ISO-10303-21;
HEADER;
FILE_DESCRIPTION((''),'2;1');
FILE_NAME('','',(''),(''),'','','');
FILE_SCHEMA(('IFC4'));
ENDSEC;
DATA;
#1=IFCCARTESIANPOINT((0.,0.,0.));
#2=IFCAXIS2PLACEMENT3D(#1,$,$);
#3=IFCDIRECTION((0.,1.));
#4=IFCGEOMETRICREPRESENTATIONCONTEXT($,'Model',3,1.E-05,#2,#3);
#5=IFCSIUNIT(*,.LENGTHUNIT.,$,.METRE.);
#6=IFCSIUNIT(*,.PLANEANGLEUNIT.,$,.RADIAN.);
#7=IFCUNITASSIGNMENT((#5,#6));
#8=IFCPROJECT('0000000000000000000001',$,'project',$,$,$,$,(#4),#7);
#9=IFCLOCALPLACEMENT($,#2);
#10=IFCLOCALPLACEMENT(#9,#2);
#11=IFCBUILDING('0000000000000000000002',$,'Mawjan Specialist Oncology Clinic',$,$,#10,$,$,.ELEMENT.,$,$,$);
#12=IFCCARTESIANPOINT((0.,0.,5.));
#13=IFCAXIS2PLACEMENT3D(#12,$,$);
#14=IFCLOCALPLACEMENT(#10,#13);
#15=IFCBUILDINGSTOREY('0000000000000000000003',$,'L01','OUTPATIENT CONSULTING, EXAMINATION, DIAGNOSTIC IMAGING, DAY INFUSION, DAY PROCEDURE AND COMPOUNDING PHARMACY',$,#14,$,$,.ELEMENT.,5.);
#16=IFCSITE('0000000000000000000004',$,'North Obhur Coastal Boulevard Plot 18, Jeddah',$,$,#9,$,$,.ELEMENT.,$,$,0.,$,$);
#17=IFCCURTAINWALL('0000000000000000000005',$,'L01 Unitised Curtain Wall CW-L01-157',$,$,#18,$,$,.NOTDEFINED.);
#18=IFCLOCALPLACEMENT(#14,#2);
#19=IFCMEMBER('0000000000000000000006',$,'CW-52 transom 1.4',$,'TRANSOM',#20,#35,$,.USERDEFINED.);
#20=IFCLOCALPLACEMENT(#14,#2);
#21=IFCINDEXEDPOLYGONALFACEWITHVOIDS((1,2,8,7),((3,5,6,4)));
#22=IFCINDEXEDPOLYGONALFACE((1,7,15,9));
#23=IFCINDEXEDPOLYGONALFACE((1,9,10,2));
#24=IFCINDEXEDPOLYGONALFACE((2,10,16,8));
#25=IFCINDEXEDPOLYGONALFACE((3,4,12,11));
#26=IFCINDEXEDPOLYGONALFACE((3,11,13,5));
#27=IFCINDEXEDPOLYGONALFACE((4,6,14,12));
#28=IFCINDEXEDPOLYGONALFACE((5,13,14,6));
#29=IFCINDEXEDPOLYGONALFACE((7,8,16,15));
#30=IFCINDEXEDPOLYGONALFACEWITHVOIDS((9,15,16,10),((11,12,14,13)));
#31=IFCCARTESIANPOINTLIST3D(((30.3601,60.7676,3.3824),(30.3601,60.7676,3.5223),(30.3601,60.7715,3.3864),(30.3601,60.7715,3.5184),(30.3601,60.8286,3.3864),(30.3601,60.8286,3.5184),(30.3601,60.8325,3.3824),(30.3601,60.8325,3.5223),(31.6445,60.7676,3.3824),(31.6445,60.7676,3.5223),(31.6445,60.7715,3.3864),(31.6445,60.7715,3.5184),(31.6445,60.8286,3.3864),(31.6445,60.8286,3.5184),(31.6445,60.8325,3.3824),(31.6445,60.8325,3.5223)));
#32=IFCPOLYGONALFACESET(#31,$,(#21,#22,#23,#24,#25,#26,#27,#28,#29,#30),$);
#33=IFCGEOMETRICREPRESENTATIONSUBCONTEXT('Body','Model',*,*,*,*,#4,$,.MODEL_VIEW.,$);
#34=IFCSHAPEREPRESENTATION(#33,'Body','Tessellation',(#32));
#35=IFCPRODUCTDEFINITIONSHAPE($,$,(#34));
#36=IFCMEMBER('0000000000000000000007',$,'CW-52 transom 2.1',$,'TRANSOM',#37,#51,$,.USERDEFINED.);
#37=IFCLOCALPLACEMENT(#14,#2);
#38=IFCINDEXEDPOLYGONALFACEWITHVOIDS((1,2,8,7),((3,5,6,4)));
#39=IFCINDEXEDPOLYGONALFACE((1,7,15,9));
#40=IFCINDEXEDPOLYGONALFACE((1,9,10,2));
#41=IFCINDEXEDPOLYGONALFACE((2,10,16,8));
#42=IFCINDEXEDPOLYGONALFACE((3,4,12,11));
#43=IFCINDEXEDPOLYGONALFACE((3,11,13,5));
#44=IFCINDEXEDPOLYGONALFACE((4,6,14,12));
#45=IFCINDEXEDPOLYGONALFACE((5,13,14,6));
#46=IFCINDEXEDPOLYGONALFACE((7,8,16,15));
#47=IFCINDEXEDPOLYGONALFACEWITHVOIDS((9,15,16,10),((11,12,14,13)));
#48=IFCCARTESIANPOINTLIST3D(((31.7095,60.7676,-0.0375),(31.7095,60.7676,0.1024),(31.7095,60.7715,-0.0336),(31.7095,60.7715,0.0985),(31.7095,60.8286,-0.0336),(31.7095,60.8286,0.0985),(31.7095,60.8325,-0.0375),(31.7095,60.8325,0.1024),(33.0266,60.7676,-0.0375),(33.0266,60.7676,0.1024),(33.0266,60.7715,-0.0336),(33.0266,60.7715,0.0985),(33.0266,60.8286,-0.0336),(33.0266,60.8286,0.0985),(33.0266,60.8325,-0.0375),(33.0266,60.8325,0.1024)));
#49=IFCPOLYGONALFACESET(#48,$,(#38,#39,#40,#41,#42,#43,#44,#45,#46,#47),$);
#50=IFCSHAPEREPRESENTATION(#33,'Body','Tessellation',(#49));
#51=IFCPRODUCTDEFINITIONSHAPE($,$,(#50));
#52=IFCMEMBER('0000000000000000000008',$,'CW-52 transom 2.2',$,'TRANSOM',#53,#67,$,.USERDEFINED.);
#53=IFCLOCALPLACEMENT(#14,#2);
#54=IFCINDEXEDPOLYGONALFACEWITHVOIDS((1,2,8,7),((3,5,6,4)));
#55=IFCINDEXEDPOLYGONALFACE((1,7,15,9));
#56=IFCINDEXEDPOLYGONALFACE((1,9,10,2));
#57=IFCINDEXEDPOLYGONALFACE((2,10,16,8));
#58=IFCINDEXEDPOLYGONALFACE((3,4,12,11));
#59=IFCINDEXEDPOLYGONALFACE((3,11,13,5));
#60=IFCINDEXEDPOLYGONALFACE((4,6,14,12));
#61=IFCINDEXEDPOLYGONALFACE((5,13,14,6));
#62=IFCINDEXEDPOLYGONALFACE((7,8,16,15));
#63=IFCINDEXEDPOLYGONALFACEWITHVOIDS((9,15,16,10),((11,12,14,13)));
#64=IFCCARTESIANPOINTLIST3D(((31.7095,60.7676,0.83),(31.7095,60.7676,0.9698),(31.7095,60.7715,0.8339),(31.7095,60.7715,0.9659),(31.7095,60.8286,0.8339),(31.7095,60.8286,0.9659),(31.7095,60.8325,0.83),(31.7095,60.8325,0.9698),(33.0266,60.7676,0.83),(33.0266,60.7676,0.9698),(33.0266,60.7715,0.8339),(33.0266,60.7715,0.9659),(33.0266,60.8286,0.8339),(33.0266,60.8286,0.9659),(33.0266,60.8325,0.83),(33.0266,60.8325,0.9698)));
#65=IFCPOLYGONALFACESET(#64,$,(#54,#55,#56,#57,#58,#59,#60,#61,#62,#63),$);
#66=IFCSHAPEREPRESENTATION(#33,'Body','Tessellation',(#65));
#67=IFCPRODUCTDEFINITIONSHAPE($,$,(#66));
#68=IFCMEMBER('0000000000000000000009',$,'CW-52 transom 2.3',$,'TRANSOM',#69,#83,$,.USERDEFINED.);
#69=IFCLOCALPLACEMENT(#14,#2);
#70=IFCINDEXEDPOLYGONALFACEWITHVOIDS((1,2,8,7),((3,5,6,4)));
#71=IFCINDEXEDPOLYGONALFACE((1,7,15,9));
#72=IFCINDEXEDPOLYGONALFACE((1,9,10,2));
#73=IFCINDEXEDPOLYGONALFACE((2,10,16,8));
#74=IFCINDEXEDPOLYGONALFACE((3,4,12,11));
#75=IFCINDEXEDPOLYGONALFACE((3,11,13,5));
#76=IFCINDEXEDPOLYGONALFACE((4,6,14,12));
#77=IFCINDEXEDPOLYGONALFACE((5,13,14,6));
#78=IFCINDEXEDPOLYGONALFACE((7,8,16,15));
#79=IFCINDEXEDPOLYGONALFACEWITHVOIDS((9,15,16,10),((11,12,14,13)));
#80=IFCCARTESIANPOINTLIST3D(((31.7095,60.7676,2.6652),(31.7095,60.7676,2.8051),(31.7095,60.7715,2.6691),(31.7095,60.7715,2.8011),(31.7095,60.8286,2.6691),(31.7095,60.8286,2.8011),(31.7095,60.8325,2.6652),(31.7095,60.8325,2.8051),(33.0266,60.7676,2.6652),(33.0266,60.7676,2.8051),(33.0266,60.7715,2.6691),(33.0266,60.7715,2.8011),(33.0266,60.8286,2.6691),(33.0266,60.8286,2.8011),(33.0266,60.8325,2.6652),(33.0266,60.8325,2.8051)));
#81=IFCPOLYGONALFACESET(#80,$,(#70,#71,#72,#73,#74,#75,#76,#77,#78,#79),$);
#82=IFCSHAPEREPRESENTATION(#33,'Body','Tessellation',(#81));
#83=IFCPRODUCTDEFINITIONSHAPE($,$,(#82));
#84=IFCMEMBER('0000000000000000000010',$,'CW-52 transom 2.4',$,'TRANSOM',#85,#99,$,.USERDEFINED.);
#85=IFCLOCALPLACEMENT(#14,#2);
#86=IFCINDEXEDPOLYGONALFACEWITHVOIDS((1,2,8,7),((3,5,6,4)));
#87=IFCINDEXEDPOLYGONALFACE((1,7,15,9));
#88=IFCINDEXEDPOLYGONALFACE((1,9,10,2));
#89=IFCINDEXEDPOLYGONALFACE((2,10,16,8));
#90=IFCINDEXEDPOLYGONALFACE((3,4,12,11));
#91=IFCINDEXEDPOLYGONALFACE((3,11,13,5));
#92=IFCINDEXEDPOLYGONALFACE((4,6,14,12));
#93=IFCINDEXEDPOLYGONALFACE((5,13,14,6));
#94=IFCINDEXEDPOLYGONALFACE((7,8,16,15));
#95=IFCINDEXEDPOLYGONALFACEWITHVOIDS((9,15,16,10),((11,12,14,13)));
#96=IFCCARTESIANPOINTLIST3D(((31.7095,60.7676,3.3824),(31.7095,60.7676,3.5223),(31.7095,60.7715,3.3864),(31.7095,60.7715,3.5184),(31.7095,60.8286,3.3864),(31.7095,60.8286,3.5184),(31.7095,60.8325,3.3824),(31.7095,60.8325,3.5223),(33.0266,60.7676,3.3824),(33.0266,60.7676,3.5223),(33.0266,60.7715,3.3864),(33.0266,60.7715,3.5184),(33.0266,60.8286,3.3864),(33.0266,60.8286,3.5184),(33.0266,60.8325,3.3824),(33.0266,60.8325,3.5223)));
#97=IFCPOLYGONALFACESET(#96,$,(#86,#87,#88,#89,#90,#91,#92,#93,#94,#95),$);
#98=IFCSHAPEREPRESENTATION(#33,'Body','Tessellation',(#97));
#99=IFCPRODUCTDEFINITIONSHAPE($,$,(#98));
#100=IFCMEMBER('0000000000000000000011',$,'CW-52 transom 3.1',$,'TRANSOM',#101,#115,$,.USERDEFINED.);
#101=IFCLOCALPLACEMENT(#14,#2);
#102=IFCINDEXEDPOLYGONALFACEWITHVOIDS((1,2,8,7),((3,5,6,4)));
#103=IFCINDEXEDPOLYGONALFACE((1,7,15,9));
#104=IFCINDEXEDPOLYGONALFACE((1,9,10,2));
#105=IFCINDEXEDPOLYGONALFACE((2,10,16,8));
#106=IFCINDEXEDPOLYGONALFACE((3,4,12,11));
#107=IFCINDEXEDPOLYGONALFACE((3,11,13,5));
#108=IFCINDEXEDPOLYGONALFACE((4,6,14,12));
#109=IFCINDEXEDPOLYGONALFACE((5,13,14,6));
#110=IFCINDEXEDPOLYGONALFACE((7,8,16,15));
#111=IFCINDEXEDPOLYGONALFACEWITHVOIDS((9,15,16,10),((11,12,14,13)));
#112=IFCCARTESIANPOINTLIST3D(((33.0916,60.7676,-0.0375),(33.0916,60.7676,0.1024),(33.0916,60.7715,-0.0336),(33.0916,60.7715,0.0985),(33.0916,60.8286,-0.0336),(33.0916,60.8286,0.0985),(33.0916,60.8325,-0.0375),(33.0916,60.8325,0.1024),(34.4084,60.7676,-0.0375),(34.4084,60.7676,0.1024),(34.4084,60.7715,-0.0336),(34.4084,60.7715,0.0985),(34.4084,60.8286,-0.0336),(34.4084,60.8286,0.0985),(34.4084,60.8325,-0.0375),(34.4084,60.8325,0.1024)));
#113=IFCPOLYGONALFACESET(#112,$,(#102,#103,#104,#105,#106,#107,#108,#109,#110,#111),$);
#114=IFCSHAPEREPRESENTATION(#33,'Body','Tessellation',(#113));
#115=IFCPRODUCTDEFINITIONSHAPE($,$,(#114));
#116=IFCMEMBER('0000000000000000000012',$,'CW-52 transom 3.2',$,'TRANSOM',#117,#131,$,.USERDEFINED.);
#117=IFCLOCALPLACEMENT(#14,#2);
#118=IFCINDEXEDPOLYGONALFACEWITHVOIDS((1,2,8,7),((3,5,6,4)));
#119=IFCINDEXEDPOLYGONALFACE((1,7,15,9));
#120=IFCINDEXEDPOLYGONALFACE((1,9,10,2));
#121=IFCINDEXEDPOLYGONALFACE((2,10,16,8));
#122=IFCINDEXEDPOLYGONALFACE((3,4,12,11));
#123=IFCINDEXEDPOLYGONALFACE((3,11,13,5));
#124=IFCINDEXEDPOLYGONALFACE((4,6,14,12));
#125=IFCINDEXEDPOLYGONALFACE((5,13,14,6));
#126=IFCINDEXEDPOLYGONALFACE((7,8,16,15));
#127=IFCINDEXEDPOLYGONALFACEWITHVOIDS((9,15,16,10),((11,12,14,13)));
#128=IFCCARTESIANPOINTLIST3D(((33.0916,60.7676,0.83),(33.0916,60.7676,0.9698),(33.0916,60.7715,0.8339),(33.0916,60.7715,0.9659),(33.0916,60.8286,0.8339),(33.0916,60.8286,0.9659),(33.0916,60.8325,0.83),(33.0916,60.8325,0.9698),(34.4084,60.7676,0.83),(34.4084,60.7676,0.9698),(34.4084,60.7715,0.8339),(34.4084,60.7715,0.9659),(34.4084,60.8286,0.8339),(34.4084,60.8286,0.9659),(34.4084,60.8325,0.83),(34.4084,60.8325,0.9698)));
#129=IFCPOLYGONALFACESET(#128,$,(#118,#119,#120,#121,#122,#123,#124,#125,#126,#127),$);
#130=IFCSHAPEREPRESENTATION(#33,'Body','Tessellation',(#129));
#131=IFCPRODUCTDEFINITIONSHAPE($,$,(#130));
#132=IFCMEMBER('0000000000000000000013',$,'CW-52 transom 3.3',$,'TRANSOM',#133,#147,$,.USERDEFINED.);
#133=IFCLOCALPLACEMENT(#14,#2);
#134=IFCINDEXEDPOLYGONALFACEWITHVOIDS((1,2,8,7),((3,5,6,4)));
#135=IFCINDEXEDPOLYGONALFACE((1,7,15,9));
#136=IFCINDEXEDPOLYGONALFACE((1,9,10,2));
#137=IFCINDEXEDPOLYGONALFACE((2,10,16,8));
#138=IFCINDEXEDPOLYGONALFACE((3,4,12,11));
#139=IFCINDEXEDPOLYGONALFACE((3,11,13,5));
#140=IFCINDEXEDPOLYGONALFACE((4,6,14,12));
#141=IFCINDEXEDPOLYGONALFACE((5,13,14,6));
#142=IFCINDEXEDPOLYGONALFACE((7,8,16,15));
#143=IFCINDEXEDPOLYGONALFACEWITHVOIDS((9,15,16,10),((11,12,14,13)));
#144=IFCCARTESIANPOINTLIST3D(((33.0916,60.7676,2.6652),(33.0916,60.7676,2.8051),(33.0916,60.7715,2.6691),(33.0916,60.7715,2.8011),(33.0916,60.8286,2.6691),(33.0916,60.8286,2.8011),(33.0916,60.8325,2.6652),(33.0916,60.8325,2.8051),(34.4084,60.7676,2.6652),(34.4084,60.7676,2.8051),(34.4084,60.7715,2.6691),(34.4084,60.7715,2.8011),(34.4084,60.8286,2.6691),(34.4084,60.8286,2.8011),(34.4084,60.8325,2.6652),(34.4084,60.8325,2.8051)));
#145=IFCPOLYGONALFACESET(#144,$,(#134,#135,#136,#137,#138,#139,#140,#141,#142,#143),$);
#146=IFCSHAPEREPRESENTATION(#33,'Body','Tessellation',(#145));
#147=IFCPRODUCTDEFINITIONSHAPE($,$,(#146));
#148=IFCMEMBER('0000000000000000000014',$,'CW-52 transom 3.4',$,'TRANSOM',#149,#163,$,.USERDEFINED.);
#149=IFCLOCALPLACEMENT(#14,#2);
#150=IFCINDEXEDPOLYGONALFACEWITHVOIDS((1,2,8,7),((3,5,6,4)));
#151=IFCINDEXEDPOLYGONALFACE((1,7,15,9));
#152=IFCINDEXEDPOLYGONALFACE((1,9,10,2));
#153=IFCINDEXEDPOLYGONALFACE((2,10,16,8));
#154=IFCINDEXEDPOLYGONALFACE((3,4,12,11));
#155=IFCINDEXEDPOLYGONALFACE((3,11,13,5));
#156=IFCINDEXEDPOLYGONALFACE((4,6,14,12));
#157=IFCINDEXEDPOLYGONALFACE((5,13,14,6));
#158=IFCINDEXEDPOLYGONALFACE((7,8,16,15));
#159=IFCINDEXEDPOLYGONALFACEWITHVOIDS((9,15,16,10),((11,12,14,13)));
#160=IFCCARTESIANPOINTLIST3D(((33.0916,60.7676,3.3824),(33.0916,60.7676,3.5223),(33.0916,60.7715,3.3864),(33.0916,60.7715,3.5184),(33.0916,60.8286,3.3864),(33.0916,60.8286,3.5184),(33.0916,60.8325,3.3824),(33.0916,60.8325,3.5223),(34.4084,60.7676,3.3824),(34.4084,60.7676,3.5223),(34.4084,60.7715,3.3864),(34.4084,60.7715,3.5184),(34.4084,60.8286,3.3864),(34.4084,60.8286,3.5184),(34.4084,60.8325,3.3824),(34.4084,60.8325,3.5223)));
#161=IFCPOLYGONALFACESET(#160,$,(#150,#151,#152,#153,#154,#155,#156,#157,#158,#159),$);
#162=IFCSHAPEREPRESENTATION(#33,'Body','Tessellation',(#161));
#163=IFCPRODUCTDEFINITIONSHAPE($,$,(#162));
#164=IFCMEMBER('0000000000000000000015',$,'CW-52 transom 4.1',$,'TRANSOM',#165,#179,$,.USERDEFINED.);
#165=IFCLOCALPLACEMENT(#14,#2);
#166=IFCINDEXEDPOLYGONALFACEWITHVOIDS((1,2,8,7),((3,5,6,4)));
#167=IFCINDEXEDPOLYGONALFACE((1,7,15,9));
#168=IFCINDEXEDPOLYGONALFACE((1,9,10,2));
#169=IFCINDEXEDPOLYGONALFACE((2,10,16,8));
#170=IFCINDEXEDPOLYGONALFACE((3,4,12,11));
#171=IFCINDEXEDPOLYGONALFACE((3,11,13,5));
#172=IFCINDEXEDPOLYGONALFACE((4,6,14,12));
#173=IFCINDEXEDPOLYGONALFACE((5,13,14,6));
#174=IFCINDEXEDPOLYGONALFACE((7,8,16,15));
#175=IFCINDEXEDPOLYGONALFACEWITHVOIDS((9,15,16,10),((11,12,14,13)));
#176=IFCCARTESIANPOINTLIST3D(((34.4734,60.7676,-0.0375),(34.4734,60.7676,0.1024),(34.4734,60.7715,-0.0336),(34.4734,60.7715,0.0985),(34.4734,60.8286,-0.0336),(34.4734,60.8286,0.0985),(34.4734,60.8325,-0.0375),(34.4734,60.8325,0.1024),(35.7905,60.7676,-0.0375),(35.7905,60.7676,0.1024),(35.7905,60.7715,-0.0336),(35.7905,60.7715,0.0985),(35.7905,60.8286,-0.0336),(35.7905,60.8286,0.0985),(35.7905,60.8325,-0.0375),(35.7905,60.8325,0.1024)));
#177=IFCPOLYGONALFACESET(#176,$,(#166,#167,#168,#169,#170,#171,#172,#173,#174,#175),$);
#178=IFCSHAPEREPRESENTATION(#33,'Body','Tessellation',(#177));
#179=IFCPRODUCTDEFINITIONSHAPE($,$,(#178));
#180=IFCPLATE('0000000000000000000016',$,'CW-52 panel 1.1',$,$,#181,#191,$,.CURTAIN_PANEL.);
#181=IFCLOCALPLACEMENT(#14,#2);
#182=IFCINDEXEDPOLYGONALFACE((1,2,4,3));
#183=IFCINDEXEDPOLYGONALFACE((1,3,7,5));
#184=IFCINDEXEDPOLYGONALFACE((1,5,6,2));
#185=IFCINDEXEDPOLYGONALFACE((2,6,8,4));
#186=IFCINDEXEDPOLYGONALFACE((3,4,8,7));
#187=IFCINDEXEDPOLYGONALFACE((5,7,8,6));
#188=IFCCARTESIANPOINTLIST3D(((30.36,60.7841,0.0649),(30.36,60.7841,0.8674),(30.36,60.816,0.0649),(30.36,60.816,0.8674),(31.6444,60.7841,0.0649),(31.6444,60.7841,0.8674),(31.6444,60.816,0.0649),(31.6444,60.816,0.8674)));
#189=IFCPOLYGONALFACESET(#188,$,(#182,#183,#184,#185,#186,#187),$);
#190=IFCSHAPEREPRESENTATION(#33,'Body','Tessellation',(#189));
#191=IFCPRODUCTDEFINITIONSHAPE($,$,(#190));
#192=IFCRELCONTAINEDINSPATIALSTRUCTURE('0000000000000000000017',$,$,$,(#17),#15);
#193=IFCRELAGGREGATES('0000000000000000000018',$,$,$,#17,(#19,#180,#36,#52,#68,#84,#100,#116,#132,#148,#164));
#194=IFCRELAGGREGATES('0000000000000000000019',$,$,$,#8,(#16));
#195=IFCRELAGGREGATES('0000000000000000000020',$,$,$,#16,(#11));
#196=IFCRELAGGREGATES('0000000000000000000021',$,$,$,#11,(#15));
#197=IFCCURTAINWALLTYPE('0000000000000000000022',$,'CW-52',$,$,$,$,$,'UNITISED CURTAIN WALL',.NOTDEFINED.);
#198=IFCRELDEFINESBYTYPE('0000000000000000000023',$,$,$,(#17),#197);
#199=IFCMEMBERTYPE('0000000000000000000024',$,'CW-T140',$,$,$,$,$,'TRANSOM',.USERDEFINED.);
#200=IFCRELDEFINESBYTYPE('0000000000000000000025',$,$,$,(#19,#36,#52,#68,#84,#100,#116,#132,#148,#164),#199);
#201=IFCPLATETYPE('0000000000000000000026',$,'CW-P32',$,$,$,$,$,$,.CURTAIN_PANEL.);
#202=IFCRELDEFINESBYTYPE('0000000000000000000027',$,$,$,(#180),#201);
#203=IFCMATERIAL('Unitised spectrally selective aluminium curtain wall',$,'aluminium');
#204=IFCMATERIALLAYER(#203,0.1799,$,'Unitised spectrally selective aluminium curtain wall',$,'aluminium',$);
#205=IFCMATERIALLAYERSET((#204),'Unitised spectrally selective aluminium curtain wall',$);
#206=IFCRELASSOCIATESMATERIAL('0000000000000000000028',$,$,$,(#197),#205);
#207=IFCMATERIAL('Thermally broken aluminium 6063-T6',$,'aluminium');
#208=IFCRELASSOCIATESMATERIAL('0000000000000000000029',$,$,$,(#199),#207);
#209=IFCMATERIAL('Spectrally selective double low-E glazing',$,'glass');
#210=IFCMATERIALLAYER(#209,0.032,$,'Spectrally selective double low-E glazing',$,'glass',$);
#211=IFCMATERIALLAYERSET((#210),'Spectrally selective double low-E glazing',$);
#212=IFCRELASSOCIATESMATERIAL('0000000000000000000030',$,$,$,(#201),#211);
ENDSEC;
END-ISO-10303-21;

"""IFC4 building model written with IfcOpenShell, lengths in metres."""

from ifc_helpers import new_model, si_unit, direction, frame, origin, origin_2d, place, context, subcontext, project, spatial, rectangle, hollow_rectangle, extrude, material, layer, layer_set, material_profile, profile_set, type_object, element, aggregate, save


model = new_model("IFC4")

# Units and contexts
model_context = context("Model", 3, precision=1e-05, world=origin(), true_north=direction((0.0, 1.0)))
body_context = subcontext(model_context, "Body", "Model", "MODEL_VIEW")
ifc_project = project(units=[si_unit("LENGTHUNIT", "METRE"), si_unit("PLANEANGLEUNIT", "RADIAN")], contexts=[model_context])

# Site, building, storey
site_placement = place(None, origin())
site = spatial("IfcSite", under=ifc_project, at=site_placement, Name="North Obhur Coastal Boulevard Plot 18, Jeddah", CompositionType="ELEMENT", RefElevation=0.0)
building_placement = place(site_placement, origin())
building = spatial("IfcBuilding", under=site, at=building_placement, Name="Mawjan Specialist Oncology Clinic", CompositionType="ELEMENT")
storey_placement = place(building_placement, frame((0.0, 0.0, 5.0)))
storey = spatial("IfcBuildingStorey", under=building, at=storey_placement, Name="L01", Description="OUTPATIENT CONSULTING, EXAMINATION, DIAGNOSTIC IMAGING, DAY INFUSION, DAY PROCEDURE AND COMPOUNDING PHARMACY", CompositionType="ELEMENT", Elevation=5.0)

# Curtain wall, members, plate
ifc_material_1 = material(Name="Unitised spectrally selective aluminium curtain wall", Category="aluminium")
ifc_layer_1 = layer(ifc_material_1, 0.1799, Name="Unitised spectrally selective aluminium curtain wall", Category="aluminium")
ifc_layer_set_1 = layer_set([ifc_layer_1], Name="Unitised spectrally selective aluminium curtain wall")
curtain_wall_type = type_object("IfcCurtainWallType", Name="CW-52", ElementType="UNITISED CURTAIN WALL", PredefinedType="NOTDEFINED", material=ifc_layer_set_1)
curtain_wall_placement = place(storey_placement, origin())
curtain_wall = element("IfcCurtainWall", 1, at=curtain_wall_placement, inside=storey, type_object=curtain_wall_type, Name="L01 Unitised Curtain Wall CW-L01-157", PredefinedType="NOTDEFINED")
ifc_material_2 = material(Name="Thermally broken aluminium 6063-T6", Category="aluminium")
ifc_material_profile_1 = material_profile(ifc_material_2, hollow_rectangle(XDim=0.0649, YDim=0.1399, WallThickness=0.0039, at=origin_2d()), Name="ALU TRANSOM 140x65x4", Category="aluminium")
ifc_profile_set_1 = profile_set([ifc_material_profile_1], Name="Thermally broken aluminium 6063-T6")
member_type_1 = type_object("IfcMemberType", Name="CW-T140", ElementType="TRANSOM", PredefinedType="USERDEFINED", material=ifc_profile_set_1)
member_1_placement = place(storey_placement, frame((30.3601, 60.8, 3.4524), z_axis=(1.0, 0.0, 0.0), x_axis=(0.0, 1.0, 0.0)))
member_1 = element("IfcMember", 2, at=member_1_placement, type_object=member_type_1, Name="CW-52 transom 1.4", ObjectType="TRANSOM", PredefinedType="USERDEFINED", context=body_context, shape_type="SweptSolid", body=[
    extrude(hollow_rectangle(XDim=0.0649, YDim=0.1399, WallThickness=0.0039, at=origin_2d()), origin(), (0.0, 0.0, 1.0), 1.2844),
])
member_2_placement = place(storey_placement, frame((31.7095, 60.8, 0.0325), z_axis=(1.0, 0.0, 0.0), x_axis=(0.0, 1.0, 0.0)))
member_2 = element("IfcMember", 3, at=member_2_placement, type_object=member_type_1, Name="CW-52 transom 2.1", ObjectType="TRANSOM", PredefinedType="USERDEFINED", context=body_context, shape_type="SweptSolid", body=[
    extrude(hollow_rectangle(XDim=0.0649, YDim=0.1399, WallThickness=0.0039, at=origin_2d()), origin(), (0.0, 0.0, 1.0), 1.3171),
])
member_3_placement = place(storey_placement, frame((31.7095, 60.8, 0.8999), z_axis=(1.0, 0.0, 0.0), x_axis=(0.0, 1.0, 0.0)))
member_3 = element("IfcMember", 4, at=member_3_placement, type_object=member_type_1, Name="CW-52 transom 2.2", ObjectType="TRANSOM", PredefinedType="USERDEFINED", context=body_context, shape_type="SweptSolid", body=[
    extrude(hollow_rectangle(XDim=0.0649, YDim=0.1399, WallThickness=0.0039, at=origin_2d()), origin(), (0.0, 0.0, 1.0), 1.3171),
])
member_4_placement = place(storey_placement, frame((31.7095, 60.8, 2.7351), z_axis=(1.0, 0.0, 0.0), x_axis=(0.0, 1.0, 0.0)))
member_4 = element("IfcMember", 5, at=member_4_placement, type_object=member_type_1, Name="CW-52 transom 2.3", ObjectType="TRANSOM", PredefinedType="USERDEFINED", context=body_context, shape_type="SweptSolid", body=[
    extrude(hollow_rectangle(XDim=0.0649, YDim=0.1399, WallThickness=0.0039, at=origin_2d()), origin(), (0.0, 0.0, 1.0), 1.3171),
])
member_5_placement = place(storey_placement, frame((31.7095, 60.8, 3.4524), z_axis=(1.0, 0.0, 0.0), x_axis=(0.0, 1.0, 0.0)))
member_5 = element("IfcMember", 6, at=member_5_placement, type_object=member_type_1, Name="CW-52 transom 2.4", ObjectType="TRANSOM", PredefinedType="USERDEFINED", context=body_context, shape_type="SweptSolid", body=[
    extrude(hollow_rectangle(XDim=0.0649, YDim=0.1399, WallThickness=0.0039, at=origin_2d()), origin(), (0.0, 0.0, 1.0), 1.3171),
])
member_6_placement = place(storey_placement, frame((33.0916, 60.8, 0.0325), z_axis=(1.0, 0.0, 0.0), x_axis=(0.0, 1.0, 0.0)))
member_6 = element("IfcMember", 7, at=member_6_placement, type_object=member_type_1, Name="CW-52 transom 3.1", ObjectType="TRANSOM", PredefinedType="USERDEFINED", context=body_context, shape_type="SweptSolid", body=[
    extrude(hollow_rectangle(XDim=0.0649, YDim=0.1399, WallThickness=0.0039, at=origin_2d()), origin(), (0.0, 0.0, 1.0), 1.3169),
])
member_7_placement = place(storey_placement, frame((33.0916, 60.8, 0.8999), z_axis=(1.0, 0.0, 0.0), x_axis=(0.0, 1.0, 0.0)))
member_7 = element("IfcMember", 8, at=member_7_placement, type_object=member_type_1, Name="CW-52 transom 3.2", ObjectType="TRANSOM", PredefinedType="USERDEFINED", context=body_context, shape_type="SweptSolid", body=[
    extrude(hollow_rectangle(XDim=0.0649, YDim=0.1399, WallThickness=0.0039, at=origin_2d()), origin(), (0.0, 0.0, 1.0), 1.3169),
])
member_8_placement = place(storey_placement, frame((33.0916, 60.8, 2.7351), z_axis=(1.0, 0.0, 0.0), x_axis=(0.0, 1.0, 0.0)))
member_8 = element("IfcMember", 9, at=member_8_placement, type_object=member_type_1, Name="CW-52 transom 3.3", ObjectType="TRANSOM", PredefinedType="USERDEFINED", context=body_context, shape_type="SweptSolid", body=[
    extrude(hollow_rectangle(XDim=0.0649, YDim=0.1399, WallThickness=0.0039, at=origin_2d()), origin(), (0.0, 0.0, 1.0), 1.3169),
])
member_9_placement = place(storey_placement, frame((33.0916, 60.8, 3.4524), z_axis=(1.0, 0.0, 0.0), x_axis=(0.0, 1.0, 0.0)))
member_9 = element("IfcMember", 10, at=member_9_placement, type_object=member_type_1, Name="CW-52 transom 3.4", ObjectType="TRANSOM", PredefinedType="USERDEFINED", context=body_context, shape_type="SweptSolid", body=[
    extrude(hollow_rectangle(XDim=0.0649, YDim=0.1399, WallThickness=0.0039, at=origin_2d()), origin(), (0.0, 0.0, 1.0), 1.3169),
])
member_10_placement = place(storey_placement, frame((34.4734, 60.8, 0.0325), z_axis=(1.0, 0.0, 0.0), x_axis=(0.0, 1.0, 0.0)))
member_10 = element("IfcMember", 11, at=member_10_placement, type_object=member_type_1, Name="CW-52 transom 4.1", ObjectType="TRANSOM", PredefinedType="USERDEFINED", context=body_context, shape_type="SweptSolid", body=[
    extrude(hollow_rectangle(XDim=0.0649, YDim=0.1399, WallThickness=0.0039, at=origin_2d()), origin(), (0.0, 0.0, 1.0), 1.3171),
])
ifc_material_3 = material(Name="Spectrally selective double low-E glazing", Category="glass")
ifc_layer_2 = layer(ifc_material_3, 0.032, Name="Spectrally selective double low-E glazing", Category="glass")
ifc_layer_set_2 = layer_set([ifc_layer_2], Name="Spectrally selective double low-E glazing")
plate_type = type_object("IfcPlateType", Name="CW-P32", PredefinedType="CURTAIN_PANEL", material=ifc_layer_set_2)
plate_1_placement = place(storey_placement, frame((31.0022, 60.8, 0.0649), z_axis=(0.0, 0.0, 1.0), x_axis=(1.0, 0.0, 0.0)))
plate_1 = element("IfcPlate", 12, at=plate_1_placement, type_object=plate_type, Name="CW-52 panel 1.1", PredefinedType="CURTAIN_PANEL", context=body_context, shape_type="SweptSolid", body=[
    extrude(rectangle(XDim=1.2844, YDim=0.032, at=origin_2d()), origin(), (0.0, 0.0, 1.0), 0.8025),
])
aggregate(curtain_wall, [member_1, plate_1, member_2, member_3, member_4, member_5, member_6, member_7, member_8, member_9, member_10])

save(model, "model.ifc")
